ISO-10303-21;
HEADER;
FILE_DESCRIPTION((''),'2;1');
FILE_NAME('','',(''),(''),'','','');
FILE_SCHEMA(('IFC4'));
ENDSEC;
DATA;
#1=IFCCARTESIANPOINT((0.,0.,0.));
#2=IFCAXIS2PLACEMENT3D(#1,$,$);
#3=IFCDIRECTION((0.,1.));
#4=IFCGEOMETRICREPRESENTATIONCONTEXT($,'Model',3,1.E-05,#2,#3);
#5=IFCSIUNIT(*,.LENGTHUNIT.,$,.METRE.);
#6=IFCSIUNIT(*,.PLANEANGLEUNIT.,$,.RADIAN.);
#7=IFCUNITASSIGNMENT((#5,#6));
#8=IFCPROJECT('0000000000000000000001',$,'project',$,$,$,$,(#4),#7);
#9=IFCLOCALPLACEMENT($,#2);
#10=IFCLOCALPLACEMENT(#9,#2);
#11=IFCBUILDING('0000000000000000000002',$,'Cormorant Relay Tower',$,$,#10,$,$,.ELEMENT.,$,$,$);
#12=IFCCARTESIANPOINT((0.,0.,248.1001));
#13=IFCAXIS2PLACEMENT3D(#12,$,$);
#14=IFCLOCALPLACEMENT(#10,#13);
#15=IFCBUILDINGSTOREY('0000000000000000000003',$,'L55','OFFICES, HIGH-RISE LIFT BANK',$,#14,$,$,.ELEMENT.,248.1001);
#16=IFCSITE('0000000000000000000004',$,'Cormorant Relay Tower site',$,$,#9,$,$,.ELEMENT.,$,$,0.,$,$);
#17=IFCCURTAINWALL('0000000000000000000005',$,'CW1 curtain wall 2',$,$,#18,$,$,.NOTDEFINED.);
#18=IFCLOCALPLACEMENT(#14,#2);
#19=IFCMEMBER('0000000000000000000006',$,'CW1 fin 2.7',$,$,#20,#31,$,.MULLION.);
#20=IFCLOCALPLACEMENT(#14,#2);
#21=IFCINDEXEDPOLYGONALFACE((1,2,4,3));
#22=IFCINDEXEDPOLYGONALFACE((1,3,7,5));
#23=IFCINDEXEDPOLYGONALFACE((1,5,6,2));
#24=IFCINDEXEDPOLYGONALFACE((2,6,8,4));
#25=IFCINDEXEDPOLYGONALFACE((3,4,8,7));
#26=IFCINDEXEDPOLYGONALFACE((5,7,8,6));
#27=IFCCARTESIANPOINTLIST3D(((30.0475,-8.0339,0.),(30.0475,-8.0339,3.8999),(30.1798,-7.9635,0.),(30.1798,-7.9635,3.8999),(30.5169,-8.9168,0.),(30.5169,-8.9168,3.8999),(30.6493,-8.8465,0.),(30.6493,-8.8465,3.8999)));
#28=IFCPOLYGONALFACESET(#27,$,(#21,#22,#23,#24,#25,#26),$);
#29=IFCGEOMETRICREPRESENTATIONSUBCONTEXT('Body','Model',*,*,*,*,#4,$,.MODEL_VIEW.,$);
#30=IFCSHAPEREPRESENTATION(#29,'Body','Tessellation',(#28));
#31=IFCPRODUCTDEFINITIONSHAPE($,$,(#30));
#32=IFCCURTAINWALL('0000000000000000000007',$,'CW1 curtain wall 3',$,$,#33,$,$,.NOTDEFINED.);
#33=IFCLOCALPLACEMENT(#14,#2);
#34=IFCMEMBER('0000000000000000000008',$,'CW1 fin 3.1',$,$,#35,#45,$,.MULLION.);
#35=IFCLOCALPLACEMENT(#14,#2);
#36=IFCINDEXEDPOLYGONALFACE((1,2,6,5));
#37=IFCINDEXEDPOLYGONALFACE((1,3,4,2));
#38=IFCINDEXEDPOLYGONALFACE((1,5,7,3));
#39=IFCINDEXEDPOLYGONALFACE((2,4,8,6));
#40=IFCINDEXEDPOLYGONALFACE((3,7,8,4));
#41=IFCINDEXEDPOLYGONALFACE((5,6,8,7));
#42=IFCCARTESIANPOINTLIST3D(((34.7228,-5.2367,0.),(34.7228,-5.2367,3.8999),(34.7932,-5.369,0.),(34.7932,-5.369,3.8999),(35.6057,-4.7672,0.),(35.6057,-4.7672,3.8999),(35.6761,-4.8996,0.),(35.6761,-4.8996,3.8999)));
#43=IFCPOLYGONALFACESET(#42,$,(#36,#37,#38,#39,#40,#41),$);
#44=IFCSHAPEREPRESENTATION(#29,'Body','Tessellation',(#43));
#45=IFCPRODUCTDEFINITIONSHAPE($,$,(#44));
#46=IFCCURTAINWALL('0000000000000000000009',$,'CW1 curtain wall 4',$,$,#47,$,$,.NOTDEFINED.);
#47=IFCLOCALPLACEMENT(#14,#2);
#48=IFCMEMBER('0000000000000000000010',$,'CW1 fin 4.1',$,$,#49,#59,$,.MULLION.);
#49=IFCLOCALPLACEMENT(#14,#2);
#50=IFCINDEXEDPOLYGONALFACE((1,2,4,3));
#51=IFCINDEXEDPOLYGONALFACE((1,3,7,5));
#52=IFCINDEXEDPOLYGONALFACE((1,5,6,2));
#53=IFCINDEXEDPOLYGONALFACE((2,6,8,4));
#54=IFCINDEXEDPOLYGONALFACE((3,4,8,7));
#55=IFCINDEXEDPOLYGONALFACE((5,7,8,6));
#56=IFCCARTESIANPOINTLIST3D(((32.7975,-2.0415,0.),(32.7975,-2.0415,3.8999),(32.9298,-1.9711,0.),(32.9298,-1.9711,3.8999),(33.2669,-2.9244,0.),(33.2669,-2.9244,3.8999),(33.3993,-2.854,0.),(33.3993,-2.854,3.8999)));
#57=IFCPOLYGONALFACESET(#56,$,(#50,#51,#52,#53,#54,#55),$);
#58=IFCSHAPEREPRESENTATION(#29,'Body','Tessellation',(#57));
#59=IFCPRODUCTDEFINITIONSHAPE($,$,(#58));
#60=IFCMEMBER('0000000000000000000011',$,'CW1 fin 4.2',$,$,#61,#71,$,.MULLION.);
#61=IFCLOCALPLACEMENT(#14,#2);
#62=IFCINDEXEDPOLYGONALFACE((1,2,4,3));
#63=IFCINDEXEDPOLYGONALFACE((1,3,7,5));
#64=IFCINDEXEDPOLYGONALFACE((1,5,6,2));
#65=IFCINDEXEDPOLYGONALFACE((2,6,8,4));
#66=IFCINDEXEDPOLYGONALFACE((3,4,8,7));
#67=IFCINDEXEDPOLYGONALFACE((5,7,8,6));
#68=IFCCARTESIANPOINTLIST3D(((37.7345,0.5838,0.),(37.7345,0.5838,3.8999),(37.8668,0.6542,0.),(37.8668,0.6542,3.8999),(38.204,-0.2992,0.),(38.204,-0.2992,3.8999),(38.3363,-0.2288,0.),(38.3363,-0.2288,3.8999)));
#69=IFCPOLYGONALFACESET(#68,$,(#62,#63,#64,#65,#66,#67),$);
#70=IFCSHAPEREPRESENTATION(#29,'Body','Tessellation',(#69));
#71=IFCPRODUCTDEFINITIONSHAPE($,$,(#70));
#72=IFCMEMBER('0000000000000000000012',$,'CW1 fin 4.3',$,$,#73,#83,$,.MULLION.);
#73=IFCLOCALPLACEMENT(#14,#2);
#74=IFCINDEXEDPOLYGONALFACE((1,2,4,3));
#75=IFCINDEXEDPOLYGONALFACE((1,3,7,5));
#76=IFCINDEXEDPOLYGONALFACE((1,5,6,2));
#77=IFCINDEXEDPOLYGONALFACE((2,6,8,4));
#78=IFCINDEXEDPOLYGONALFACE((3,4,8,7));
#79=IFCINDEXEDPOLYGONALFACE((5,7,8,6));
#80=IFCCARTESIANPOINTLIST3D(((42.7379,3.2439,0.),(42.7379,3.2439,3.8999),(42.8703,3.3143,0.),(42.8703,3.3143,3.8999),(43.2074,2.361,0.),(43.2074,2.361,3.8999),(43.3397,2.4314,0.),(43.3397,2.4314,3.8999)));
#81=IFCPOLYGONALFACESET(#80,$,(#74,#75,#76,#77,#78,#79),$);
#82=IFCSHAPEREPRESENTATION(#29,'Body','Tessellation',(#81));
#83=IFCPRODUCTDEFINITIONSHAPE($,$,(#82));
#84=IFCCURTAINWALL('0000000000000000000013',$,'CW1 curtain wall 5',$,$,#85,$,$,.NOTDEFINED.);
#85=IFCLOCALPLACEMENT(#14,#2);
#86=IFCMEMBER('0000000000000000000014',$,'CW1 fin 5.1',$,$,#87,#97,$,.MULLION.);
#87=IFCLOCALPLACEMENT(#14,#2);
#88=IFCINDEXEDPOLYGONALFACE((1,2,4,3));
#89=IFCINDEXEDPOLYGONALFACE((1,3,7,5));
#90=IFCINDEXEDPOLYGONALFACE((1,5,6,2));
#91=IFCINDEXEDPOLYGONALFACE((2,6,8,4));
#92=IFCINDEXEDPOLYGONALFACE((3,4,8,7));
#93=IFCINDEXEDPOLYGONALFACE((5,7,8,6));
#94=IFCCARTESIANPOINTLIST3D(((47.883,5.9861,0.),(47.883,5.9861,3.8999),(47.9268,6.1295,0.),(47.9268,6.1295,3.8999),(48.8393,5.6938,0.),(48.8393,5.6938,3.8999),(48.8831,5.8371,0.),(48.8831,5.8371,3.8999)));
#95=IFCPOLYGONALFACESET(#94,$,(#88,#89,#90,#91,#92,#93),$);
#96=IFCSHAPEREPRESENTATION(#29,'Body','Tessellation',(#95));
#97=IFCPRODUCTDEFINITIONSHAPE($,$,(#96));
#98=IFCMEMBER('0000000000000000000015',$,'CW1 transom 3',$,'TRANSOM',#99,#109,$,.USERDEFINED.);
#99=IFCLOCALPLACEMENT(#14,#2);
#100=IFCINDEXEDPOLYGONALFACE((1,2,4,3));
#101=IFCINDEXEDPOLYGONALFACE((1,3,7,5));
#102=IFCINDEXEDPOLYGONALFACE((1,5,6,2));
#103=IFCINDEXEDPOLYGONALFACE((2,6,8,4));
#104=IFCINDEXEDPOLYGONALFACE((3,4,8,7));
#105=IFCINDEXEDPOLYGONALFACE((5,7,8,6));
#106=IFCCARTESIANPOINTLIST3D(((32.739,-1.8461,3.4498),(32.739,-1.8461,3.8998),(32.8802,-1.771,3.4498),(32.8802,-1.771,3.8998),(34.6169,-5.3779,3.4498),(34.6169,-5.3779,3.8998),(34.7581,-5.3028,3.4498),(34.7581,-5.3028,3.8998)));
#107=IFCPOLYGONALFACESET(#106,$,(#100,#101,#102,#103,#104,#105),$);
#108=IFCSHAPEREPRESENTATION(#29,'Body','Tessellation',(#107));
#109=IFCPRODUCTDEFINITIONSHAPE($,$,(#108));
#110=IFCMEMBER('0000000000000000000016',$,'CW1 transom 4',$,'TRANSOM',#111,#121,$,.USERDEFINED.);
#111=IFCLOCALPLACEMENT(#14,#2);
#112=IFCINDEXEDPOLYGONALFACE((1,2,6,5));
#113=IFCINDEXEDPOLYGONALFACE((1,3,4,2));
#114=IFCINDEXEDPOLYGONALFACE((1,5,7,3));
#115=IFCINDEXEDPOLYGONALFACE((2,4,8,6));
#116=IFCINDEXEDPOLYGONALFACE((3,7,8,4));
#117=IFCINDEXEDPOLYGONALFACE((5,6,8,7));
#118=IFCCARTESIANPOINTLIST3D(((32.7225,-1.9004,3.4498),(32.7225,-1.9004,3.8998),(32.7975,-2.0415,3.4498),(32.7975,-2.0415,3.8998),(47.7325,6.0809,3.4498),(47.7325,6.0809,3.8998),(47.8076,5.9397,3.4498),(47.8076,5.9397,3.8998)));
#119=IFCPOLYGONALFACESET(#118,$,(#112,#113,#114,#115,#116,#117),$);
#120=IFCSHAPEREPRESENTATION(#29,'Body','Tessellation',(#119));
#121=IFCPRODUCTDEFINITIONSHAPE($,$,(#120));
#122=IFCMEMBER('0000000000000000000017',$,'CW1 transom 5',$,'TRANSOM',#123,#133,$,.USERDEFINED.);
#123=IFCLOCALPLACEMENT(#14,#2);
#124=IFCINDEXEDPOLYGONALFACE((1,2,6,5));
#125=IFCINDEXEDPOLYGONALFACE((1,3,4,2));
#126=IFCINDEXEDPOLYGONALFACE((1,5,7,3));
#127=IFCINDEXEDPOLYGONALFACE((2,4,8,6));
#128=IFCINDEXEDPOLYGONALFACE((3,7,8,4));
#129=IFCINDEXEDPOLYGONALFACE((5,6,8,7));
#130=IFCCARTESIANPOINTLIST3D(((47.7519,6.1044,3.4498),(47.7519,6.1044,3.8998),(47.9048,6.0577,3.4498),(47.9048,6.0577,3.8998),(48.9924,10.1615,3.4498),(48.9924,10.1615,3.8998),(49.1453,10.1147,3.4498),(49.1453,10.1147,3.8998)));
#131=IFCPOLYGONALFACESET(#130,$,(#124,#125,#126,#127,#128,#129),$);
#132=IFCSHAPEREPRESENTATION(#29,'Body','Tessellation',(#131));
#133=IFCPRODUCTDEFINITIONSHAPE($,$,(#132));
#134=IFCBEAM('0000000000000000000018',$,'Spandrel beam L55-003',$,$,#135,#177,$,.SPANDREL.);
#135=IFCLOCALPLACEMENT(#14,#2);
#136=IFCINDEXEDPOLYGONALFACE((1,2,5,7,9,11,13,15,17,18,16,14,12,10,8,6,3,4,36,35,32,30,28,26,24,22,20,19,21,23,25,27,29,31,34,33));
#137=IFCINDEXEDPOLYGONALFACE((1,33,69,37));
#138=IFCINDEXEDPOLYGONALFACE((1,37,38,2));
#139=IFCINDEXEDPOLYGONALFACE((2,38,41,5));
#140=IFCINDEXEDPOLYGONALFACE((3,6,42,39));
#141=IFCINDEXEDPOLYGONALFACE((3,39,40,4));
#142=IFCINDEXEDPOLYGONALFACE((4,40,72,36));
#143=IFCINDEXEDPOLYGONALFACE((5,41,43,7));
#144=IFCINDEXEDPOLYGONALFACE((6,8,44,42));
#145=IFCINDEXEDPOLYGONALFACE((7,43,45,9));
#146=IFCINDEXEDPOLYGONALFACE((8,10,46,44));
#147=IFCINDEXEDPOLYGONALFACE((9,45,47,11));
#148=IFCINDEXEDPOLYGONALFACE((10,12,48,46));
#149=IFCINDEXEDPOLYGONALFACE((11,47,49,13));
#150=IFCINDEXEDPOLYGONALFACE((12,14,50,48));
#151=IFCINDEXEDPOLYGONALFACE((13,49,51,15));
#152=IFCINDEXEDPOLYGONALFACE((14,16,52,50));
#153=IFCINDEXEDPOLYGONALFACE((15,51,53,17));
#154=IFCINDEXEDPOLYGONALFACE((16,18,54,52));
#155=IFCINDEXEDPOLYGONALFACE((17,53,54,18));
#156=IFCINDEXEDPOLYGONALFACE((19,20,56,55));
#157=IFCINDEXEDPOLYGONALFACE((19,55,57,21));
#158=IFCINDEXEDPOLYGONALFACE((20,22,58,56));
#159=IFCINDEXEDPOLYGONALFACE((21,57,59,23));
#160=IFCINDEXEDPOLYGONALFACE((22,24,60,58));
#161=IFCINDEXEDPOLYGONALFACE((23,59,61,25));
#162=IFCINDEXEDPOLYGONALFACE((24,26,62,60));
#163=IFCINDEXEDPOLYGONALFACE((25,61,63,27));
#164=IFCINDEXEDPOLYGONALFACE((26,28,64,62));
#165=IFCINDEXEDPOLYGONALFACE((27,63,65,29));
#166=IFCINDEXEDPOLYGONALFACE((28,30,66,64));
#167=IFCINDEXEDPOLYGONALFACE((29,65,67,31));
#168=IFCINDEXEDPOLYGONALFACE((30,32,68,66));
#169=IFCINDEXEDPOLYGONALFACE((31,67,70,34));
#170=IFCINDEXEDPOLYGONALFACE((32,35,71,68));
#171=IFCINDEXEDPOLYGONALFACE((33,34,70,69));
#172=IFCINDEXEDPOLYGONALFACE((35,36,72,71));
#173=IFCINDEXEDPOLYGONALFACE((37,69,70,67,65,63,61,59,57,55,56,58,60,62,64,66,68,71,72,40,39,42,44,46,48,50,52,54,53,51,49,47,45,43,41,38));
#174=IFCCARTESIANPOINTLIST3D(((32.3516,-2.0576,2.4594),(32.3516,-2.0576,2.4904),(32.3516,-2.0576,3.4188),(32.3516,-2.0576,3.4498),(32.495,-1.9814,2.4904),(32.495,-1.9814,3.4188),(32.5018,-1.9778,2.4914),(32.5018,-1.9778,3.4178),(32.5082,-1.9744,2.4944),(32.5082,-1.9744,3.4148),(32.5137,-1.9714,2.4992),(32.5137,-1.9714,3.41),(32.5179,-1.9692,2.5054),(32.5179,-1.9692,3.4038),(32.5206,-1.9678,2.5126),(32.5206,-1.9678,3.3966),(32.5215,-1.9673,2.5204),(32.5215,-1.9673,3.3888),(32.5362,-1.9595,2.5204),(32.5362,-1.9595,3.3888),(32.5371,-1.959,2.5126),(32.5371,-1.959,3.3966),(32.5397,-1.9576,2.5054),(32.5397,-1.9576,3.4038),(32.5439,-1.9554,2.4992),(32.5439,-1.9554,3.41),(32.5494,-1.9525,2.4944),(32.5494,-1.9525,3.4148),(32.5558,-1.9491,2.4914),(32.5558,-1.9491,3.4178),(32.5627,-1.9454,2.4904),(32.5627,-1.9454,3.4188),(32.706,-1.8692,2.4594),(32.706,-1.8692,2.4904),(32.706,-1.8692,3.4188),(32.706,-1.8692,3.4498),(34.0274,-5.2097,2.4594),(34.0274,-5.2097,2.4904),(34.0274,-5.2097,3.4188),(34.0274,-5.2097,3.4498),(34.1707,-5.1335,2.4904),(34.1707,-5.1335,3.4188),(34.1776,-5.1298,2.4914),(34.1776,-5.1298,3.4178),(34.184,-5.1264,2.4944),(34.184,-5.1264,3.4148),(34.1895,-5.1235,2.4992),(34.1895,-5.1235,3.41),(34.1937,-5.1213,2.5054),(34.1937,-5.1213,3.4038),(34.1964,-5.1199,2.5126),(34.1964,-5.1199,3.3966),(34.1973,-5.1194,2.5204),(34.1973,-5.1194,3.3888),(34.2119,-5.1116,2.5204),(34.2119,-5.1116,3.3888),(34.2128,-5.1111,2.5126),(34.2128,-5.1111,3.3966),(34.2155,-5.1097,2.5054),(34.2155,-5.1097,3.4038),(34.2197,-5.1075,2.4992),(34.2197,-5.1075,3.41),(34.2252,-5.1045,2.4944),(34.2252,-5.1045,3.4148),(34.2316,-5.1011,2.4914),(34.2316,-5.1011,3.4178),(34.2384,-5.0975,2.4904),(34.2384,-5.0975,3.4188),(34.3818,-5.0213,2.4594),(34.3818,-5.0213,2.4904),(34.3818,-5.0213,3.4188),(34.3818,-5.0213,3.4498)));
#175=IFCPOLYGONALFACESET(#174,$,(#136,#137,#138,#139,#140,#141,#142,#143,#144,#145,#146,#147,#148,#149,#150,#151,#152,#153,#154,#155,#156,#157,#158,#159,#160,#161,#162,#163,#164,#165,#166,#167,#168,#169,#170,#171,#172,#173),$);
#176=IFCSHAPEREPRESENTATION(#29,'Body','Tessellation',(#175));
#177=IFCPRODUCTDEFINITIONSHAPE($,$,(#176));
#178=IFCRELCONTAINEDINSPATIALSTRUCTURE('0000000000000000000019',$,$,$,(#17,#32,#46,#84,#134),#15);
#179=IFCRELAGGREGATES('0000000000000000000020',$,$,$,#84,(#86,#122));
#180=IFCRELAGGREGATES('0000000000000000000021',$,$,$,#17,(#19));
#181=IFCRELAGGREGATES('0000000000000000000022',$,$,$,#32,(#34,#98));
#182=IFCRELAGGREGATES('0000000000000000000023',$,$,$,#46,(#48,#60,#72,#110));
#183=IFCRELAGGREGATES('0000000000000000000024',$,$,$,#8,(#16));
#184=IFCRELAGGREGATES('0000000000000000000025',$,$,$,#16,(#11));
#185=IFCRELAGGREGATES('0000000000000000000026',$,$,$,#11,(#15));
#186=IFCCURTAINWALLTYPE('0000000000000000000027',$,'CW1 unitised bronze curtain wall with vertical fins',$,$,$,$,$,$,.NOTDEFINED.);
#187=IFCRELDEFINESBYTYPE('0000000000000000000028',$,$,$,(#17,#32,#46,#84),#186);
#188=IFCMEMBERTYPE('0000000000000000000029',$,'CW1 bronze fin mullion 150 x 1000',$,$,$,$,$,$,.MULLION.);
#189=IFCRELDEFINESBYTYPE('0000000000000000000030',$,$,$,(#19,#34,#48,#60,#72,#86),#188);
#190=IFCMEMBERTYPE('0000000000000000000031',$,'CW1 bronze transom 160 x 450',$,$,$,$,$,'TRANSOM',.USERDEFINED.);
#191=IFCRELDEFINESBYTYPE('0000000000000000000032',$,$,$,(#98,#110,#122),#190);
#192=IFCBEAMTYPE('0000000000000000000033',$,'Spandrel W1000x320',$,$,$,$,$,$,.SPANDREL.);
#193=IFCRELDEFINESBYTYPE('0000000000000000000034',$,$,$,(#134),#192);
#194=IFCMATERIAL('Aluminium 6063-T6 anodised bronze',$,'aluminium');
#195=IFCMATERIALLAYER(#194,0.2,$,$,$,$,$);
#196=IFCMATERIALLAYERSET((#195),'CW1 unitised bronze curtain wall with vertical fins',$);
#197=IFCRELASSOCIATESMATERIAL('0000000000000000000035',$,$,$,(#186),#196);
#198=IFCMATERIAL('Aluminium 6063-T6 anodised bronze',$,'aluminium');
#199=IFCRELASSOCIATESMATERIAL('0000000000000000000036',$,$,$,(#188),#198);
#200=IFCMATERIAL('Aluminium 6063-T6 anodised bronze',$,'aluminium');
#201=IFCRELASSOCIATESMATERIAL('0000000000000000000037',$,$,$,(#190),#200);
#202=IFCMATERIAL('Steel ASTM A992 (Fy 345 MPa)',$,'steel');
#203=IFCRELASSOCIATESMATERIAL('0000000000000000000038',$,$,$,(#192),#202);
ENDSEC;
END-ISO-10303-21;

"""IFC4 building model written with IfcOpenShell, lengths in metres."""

from ifc_helpers import new_model, si_unit, direction, frame, origin, origin_2d, place, context, subcontext, project, spatial, rectangle, i_section, extrude, material, layer, layer_set, material_profile, profile_set, type_object, element, aggregate, save


model = new_model("IFC4")

# Units and contexts
model_context = context("Model", 3, precision=1e-05, world=origin(), true_north=direction((0.0, 1.0)))
body_context = subcontext(model_context, "Body", "Model", "MODEL_VIEW")
ifc_project = project(units=[si_unit("LENGTHUNIT", "METRE"), si_unit("PLANEANGLEUNIT", "RADIAN")], contexts=[model_context])

# Site, building, storey
site_placement = place(None, origin())
site = spatial("IfcSite", under=ifc_project, at=site_placement, Name="Cormorant Relay Tower site", CompositionType="ELEMENT", RefElevation=0.0)
building_placement = place(site_placement, origin())
building = spatial("IfcBuilding", under=site, at=building_placement, Name="Cormorant Relay Tower", CompositionType="ELEMENT")
storey_placement = place(building_placement, frame((0.0, 0.0, 248.1001)))
storey = spatial("IfcBuildingStorey", under=building, at=storey_placement, Name="L55", Description="OFFICES, HIGH-RISE LIFT BANK", CompositionType="ELEMENT", Elevation=248.1001)

# Curtain walls, members
ifc_material_1 = material(Name="Aluminium 6063-T6 anodised bronze", Category="aluminium")
ifc_layer_1 = layer(ifc_material_1, 0.2)
ifc_layer_set_1 = layer_set([ifc_layer_1], Name="CW1 unitised bronze curtain wall with vertical fins")
curtain_wall_type = type_object("IfcCurtainWallType", Name="CW1 unitised bronze curtain wall with vertical fins", PredefinedType="NOTDEFINED", material=ifc_layer_set_1)
curtain_wall_1_placement = place(storey_placement, origin())
curtain_wall_1 = element("IfcCurtainWall", 1, at=curtain_wall_1_placement, inside=storey, type_object=curtain_wall_type, Name="CW1 curtain wall 2", PredefinedType="NOTDEFINED")
ifc_material_2 = material(Name="Aluminium 6063-T6 anodised bronze", Category="aluminium")
ifc_material_profile_1 = material_profile(ifc_material_2, rectangle(XDim=0.1499, YDim=1.0, at=origin_2d()), Name="AL 150x1000")
ifc_profile_set_1 = profile_set([ifc_material_profile_1], Name="Aluminium 6063-T6 anodised bronze")
member_type_1 = type_object("IfcMemberType", Name="CW1 bronze fin mullion 150 x 1000", PredefinedType="MULLION", material=ifc_profile_set_1)
member_1_placement = place(storey_placement, frame((30.3484, -8.4402, 0.0), z_axis=(0.0, 0.0, 1.0), x_axis=(0.882948, 0.469472, 0.0)))
member_1 = element("IfcMember", 2, at=member_1_placement, type_object=member_type_1, Name="CW1 fin 2.7", PredefinedType="MULLION", context=body_context, shape_type="SweptSolid", body=[
    extrude(rectangle(XDim=0.1499, YDim=1.0, at=origin_2d()), origin(), (0.0, 0.0, 1.0), 3.8999),
])
curtain_wall_2_placement = place(storey_placement, origin())
curtain_wall_2 = element("IfcCurtainWall", 3, at=curtain_wall_2_placement, inside=storey, type_object=curtain_wall_type, Name="CW1 curtain wall 3", PredefinedType="NOTDEFINED")
member_2_placement = place(storey_placement, frame((35.1995, -5.0681, 0.0), z_axis=(0.0, 0.0, 1.0), x_axis=(-0.469472, 0.882948, 0.0)))
member_2 = element("IfcMember", 4, at=member_2_placement, type_object=member_type_1, Name="CW1 fin 3.1", PredefinedType="MULLION", context=body_context, shape_type="SweptSolid", body=[
    extrude(rectangle(XDim=0.1499, YDim=1.0, at=origin_2d()), origin(), (0.0, 0.0, 1.0), 3.8999),
])

# Curtain wall, members
curtain_wall_3_placement = place(storey_placement, origin())
curtain_wall_3 = element("IfcCurtainWall", 5, at=curtain_wall_3_placement, inside=storey, type_object=curtain_wall_type, Name="CW1 curtain wall 4", PredefinedType="NOTDEFINED")
member_3_placement = place(storey_placement, frame((33.0984, -2.4478, 0.0), z_axis=(0.0, 0.0, 1.0), x_axis=(0.882948, 0.469472, 0.0)))
member_3 = element("IfcMember", 6, at=member_3_placement, type_object=member_type_1, Name="CW1 fin 4.1", PredefinedType="MULLION", context=body_context, shape_type="SweptSolid", body=[
    extrude(rectangle(XDim=0.1499, YDim=1.0, at=origin_2d()), origin(), (0.0, 0.0, 1.0), 3.8999),
])
member_4_placement = place(storey_placement, frame((38.0354, 0.1775, 0.0), z_axis=(0.0, 0.0, 1.0), x_axis=(0.882948, 0.469472, 0.0)))
member_4 = element("IfcMember", 7, at=member_4_placement, type_object=member_type_1, Name="CW1 fin 4.2", PredefinedType="MULLION", context=body_context, shape_type="SweptSolid", body=[
    extrude(rectangle(XDim=0.1499, YDim=1.0, at=origin_2d()), origin(), (0.0, 0.0, 1.0), 3.8999),
])
member_5_placement = place(storey_placement, frame((43.0388, 2.8376, 0.0), z_axis=(0.0, 0.0, 1.0), x_axis=(0.882948, 0.469472, 0.0)))
member_5 = element("IfcMember", 8, at=member_5_placement, type_object=member_type_1, Name="CW1 fin 4.3", PredefinedType="MULLION", context=body_context, shape_type="SweptSolid", body=[
    extrude(rectangle(XDim=0.1499, YDim=1.0, at=origin_2d()), origin(), (0.0, 0.0, 1.0), 3.8999),
])

# Curtain wall, member
curtain_wall_4_placement = place(storey_placement, origin())
curtain_wall_4 = element("IfcCurtainWall", 9, at=curtain_wall_4_placement, inside=storey, type_object=curtain_wall_type, Name="CW1 curtain wall 5", PredefinedType="NOTDEFINED")
member_6_placement = place(storey_placement, frame((48.3831, 5.9116, 0.0), z_axis=(0.0, 0.0, 1.0), x_axis=(0.292372, 0.956305, 0.0)))
member_6 = element("IfcMember", 10, at=member_6_placement, type_object=member_type_1, Name="CW1 fin 5.1", PredefinedType="MULLION", context=body_context, shape_type="SweptSolid", body=[
    extrude(rectangle(XDim=0.1499, YDim=1.0, at=origin_2d()), origin(), (0.0, 0.0, 1.0), 3.8999),
])

# Members
ifc_material_3 = material(Name="Aluminium 6063-T6 anodised bronze", Category="aluminium")
ifc_material_profile_2 = material_profile(ifc_material_3, rectangle(XDim=0.1599, YDim=0.45, at=origin_2d()), Name="AL 160x450")
ifc_profile_set_2 = profile_set([ifc_material_profile_2], Name="Aluminium 6063-T6 anodised bronze")
member_type_2 = type_object("IfcMemberType", Name="CW1 bronze transom 160 x 450", ElementType="TRANSOM", PredefinedType="USERDEFINED", material=ifc_profile_set_2)
member_7_placement = place(storey_placement, frame((34.6875, -5.3403, 3.6748), z_axis=(-0.469485, 0.88294, 0.0), x_axis=(-0.88294, -0.469485, 0.0)))
member_7 = element("IfcMember", 11, at=member_7_placement, type_object=member_type_2, Name="CW1 transom 3", ObjectType="TRANSOM", PredefinedType="USERDEFINED", context=body_context, shape_type="SweptSolid", body=[
    extrude(rectangle(XDim=0.1599, YDim=0.45, at=origin_2d()), origin(), (0.0, 0.0, 1.0), 4.0),
])
member_8_placement = place(storey_placement, frame((32.76, -1.9709, 3.6748), z_axis=(0.882942, 0.469482, 0.0), x_axis=(-0.469482, 0.882942, 0.0)))
member_8 = element("IfcMember", 12, at=member_8_placement, type_object=member_type_2, Name="CW1 transom 4", ObjectType="TRANSOM", PredefinedType="USERDEFINED", context=body_context, shape_type="SweptSolid", body=[
    extrude(rectangle(XDim=0.1599, YDim=0.45, at=origin_2d()), origin(), (0.0, 0.0, 1.0), 17.0),
])
member_9_placement = place(storey_placement, frame((47.8284, 6.0811, 3.6748), z_axis=(0.292391, 0.956299, 0.0), x_axis=(-0.956299, 0.292391, 0.0)))
member_9 = element("IfcMember", 13, at=member_9_placement, type_object=member_type_2, Name="CW1 transom 5", ObjectType="TRANSOM", PredefinedType="USERDEFINED", context=body_context, shape_type="SweptSolid", body=[
    extrude(rectangle(XDim=0.1599, YDim=0.45, at=origin_2d()), origin(), (0.0, 0.0, 1.0), 4.2424),
])
aggregate(curtain_wall_4, [member_6, member_9])

# Beam
ifc_material_4 = material(Name="Steel ASTM A992 (Fy 345 MPa)", Category="steel")
ifc_material_profile_3 = material_profile(ifc_material_4, i_section(OverallWidth=0.4014, OverallDepth=0.9905, WebThickness=0.0166, FlangeThickness=0.031, FilletRadius=0.03, at=origin_2d()), Name="W1000x320")
ifc_profile_set_3 = profile_set([ifc_material_profile_3], Name="Steel ASTM A992 (Fy 345 MPa)")
beam_type = type_object("IfcBeamType", Name="Spandrel W1000x320", PredefinedType="SPANDREL", material=ifc_profile_set_3)
beam_1_placement = place(storey_placement, frame((34.2046, -5.1155, 2.9546), z_axis=(-0.469424, 0.882973, 0.0), x_axis=(-0.882973, -0.469424, 0.0)))
element("IfcBeam", 14, at=beam_1_placement, inside=storey, type_object=beam_type, Name="Spandrel beam L55-003", PredefinedType="SPANDREL", context=body_context, shape_type="SweptSolid", body=[
    extrude(i_section(OverallWidth=0.4014, OverallDepth=0.9905, WebThickness=0.0166, FlangeThickness=0.031, FilletRadius=0.03, at=origin_2d()), origin(), (0.0, 0.0, 1.0), 3.5698),
])

aggregate(curtain_wall_1, [member_1])
aggregate(curtain_wall_2, [member_2, member_7])
aggregate(curtain_wall_3, [member_3, member_4, member_5, member_8])

save(model, "model.ifc")
